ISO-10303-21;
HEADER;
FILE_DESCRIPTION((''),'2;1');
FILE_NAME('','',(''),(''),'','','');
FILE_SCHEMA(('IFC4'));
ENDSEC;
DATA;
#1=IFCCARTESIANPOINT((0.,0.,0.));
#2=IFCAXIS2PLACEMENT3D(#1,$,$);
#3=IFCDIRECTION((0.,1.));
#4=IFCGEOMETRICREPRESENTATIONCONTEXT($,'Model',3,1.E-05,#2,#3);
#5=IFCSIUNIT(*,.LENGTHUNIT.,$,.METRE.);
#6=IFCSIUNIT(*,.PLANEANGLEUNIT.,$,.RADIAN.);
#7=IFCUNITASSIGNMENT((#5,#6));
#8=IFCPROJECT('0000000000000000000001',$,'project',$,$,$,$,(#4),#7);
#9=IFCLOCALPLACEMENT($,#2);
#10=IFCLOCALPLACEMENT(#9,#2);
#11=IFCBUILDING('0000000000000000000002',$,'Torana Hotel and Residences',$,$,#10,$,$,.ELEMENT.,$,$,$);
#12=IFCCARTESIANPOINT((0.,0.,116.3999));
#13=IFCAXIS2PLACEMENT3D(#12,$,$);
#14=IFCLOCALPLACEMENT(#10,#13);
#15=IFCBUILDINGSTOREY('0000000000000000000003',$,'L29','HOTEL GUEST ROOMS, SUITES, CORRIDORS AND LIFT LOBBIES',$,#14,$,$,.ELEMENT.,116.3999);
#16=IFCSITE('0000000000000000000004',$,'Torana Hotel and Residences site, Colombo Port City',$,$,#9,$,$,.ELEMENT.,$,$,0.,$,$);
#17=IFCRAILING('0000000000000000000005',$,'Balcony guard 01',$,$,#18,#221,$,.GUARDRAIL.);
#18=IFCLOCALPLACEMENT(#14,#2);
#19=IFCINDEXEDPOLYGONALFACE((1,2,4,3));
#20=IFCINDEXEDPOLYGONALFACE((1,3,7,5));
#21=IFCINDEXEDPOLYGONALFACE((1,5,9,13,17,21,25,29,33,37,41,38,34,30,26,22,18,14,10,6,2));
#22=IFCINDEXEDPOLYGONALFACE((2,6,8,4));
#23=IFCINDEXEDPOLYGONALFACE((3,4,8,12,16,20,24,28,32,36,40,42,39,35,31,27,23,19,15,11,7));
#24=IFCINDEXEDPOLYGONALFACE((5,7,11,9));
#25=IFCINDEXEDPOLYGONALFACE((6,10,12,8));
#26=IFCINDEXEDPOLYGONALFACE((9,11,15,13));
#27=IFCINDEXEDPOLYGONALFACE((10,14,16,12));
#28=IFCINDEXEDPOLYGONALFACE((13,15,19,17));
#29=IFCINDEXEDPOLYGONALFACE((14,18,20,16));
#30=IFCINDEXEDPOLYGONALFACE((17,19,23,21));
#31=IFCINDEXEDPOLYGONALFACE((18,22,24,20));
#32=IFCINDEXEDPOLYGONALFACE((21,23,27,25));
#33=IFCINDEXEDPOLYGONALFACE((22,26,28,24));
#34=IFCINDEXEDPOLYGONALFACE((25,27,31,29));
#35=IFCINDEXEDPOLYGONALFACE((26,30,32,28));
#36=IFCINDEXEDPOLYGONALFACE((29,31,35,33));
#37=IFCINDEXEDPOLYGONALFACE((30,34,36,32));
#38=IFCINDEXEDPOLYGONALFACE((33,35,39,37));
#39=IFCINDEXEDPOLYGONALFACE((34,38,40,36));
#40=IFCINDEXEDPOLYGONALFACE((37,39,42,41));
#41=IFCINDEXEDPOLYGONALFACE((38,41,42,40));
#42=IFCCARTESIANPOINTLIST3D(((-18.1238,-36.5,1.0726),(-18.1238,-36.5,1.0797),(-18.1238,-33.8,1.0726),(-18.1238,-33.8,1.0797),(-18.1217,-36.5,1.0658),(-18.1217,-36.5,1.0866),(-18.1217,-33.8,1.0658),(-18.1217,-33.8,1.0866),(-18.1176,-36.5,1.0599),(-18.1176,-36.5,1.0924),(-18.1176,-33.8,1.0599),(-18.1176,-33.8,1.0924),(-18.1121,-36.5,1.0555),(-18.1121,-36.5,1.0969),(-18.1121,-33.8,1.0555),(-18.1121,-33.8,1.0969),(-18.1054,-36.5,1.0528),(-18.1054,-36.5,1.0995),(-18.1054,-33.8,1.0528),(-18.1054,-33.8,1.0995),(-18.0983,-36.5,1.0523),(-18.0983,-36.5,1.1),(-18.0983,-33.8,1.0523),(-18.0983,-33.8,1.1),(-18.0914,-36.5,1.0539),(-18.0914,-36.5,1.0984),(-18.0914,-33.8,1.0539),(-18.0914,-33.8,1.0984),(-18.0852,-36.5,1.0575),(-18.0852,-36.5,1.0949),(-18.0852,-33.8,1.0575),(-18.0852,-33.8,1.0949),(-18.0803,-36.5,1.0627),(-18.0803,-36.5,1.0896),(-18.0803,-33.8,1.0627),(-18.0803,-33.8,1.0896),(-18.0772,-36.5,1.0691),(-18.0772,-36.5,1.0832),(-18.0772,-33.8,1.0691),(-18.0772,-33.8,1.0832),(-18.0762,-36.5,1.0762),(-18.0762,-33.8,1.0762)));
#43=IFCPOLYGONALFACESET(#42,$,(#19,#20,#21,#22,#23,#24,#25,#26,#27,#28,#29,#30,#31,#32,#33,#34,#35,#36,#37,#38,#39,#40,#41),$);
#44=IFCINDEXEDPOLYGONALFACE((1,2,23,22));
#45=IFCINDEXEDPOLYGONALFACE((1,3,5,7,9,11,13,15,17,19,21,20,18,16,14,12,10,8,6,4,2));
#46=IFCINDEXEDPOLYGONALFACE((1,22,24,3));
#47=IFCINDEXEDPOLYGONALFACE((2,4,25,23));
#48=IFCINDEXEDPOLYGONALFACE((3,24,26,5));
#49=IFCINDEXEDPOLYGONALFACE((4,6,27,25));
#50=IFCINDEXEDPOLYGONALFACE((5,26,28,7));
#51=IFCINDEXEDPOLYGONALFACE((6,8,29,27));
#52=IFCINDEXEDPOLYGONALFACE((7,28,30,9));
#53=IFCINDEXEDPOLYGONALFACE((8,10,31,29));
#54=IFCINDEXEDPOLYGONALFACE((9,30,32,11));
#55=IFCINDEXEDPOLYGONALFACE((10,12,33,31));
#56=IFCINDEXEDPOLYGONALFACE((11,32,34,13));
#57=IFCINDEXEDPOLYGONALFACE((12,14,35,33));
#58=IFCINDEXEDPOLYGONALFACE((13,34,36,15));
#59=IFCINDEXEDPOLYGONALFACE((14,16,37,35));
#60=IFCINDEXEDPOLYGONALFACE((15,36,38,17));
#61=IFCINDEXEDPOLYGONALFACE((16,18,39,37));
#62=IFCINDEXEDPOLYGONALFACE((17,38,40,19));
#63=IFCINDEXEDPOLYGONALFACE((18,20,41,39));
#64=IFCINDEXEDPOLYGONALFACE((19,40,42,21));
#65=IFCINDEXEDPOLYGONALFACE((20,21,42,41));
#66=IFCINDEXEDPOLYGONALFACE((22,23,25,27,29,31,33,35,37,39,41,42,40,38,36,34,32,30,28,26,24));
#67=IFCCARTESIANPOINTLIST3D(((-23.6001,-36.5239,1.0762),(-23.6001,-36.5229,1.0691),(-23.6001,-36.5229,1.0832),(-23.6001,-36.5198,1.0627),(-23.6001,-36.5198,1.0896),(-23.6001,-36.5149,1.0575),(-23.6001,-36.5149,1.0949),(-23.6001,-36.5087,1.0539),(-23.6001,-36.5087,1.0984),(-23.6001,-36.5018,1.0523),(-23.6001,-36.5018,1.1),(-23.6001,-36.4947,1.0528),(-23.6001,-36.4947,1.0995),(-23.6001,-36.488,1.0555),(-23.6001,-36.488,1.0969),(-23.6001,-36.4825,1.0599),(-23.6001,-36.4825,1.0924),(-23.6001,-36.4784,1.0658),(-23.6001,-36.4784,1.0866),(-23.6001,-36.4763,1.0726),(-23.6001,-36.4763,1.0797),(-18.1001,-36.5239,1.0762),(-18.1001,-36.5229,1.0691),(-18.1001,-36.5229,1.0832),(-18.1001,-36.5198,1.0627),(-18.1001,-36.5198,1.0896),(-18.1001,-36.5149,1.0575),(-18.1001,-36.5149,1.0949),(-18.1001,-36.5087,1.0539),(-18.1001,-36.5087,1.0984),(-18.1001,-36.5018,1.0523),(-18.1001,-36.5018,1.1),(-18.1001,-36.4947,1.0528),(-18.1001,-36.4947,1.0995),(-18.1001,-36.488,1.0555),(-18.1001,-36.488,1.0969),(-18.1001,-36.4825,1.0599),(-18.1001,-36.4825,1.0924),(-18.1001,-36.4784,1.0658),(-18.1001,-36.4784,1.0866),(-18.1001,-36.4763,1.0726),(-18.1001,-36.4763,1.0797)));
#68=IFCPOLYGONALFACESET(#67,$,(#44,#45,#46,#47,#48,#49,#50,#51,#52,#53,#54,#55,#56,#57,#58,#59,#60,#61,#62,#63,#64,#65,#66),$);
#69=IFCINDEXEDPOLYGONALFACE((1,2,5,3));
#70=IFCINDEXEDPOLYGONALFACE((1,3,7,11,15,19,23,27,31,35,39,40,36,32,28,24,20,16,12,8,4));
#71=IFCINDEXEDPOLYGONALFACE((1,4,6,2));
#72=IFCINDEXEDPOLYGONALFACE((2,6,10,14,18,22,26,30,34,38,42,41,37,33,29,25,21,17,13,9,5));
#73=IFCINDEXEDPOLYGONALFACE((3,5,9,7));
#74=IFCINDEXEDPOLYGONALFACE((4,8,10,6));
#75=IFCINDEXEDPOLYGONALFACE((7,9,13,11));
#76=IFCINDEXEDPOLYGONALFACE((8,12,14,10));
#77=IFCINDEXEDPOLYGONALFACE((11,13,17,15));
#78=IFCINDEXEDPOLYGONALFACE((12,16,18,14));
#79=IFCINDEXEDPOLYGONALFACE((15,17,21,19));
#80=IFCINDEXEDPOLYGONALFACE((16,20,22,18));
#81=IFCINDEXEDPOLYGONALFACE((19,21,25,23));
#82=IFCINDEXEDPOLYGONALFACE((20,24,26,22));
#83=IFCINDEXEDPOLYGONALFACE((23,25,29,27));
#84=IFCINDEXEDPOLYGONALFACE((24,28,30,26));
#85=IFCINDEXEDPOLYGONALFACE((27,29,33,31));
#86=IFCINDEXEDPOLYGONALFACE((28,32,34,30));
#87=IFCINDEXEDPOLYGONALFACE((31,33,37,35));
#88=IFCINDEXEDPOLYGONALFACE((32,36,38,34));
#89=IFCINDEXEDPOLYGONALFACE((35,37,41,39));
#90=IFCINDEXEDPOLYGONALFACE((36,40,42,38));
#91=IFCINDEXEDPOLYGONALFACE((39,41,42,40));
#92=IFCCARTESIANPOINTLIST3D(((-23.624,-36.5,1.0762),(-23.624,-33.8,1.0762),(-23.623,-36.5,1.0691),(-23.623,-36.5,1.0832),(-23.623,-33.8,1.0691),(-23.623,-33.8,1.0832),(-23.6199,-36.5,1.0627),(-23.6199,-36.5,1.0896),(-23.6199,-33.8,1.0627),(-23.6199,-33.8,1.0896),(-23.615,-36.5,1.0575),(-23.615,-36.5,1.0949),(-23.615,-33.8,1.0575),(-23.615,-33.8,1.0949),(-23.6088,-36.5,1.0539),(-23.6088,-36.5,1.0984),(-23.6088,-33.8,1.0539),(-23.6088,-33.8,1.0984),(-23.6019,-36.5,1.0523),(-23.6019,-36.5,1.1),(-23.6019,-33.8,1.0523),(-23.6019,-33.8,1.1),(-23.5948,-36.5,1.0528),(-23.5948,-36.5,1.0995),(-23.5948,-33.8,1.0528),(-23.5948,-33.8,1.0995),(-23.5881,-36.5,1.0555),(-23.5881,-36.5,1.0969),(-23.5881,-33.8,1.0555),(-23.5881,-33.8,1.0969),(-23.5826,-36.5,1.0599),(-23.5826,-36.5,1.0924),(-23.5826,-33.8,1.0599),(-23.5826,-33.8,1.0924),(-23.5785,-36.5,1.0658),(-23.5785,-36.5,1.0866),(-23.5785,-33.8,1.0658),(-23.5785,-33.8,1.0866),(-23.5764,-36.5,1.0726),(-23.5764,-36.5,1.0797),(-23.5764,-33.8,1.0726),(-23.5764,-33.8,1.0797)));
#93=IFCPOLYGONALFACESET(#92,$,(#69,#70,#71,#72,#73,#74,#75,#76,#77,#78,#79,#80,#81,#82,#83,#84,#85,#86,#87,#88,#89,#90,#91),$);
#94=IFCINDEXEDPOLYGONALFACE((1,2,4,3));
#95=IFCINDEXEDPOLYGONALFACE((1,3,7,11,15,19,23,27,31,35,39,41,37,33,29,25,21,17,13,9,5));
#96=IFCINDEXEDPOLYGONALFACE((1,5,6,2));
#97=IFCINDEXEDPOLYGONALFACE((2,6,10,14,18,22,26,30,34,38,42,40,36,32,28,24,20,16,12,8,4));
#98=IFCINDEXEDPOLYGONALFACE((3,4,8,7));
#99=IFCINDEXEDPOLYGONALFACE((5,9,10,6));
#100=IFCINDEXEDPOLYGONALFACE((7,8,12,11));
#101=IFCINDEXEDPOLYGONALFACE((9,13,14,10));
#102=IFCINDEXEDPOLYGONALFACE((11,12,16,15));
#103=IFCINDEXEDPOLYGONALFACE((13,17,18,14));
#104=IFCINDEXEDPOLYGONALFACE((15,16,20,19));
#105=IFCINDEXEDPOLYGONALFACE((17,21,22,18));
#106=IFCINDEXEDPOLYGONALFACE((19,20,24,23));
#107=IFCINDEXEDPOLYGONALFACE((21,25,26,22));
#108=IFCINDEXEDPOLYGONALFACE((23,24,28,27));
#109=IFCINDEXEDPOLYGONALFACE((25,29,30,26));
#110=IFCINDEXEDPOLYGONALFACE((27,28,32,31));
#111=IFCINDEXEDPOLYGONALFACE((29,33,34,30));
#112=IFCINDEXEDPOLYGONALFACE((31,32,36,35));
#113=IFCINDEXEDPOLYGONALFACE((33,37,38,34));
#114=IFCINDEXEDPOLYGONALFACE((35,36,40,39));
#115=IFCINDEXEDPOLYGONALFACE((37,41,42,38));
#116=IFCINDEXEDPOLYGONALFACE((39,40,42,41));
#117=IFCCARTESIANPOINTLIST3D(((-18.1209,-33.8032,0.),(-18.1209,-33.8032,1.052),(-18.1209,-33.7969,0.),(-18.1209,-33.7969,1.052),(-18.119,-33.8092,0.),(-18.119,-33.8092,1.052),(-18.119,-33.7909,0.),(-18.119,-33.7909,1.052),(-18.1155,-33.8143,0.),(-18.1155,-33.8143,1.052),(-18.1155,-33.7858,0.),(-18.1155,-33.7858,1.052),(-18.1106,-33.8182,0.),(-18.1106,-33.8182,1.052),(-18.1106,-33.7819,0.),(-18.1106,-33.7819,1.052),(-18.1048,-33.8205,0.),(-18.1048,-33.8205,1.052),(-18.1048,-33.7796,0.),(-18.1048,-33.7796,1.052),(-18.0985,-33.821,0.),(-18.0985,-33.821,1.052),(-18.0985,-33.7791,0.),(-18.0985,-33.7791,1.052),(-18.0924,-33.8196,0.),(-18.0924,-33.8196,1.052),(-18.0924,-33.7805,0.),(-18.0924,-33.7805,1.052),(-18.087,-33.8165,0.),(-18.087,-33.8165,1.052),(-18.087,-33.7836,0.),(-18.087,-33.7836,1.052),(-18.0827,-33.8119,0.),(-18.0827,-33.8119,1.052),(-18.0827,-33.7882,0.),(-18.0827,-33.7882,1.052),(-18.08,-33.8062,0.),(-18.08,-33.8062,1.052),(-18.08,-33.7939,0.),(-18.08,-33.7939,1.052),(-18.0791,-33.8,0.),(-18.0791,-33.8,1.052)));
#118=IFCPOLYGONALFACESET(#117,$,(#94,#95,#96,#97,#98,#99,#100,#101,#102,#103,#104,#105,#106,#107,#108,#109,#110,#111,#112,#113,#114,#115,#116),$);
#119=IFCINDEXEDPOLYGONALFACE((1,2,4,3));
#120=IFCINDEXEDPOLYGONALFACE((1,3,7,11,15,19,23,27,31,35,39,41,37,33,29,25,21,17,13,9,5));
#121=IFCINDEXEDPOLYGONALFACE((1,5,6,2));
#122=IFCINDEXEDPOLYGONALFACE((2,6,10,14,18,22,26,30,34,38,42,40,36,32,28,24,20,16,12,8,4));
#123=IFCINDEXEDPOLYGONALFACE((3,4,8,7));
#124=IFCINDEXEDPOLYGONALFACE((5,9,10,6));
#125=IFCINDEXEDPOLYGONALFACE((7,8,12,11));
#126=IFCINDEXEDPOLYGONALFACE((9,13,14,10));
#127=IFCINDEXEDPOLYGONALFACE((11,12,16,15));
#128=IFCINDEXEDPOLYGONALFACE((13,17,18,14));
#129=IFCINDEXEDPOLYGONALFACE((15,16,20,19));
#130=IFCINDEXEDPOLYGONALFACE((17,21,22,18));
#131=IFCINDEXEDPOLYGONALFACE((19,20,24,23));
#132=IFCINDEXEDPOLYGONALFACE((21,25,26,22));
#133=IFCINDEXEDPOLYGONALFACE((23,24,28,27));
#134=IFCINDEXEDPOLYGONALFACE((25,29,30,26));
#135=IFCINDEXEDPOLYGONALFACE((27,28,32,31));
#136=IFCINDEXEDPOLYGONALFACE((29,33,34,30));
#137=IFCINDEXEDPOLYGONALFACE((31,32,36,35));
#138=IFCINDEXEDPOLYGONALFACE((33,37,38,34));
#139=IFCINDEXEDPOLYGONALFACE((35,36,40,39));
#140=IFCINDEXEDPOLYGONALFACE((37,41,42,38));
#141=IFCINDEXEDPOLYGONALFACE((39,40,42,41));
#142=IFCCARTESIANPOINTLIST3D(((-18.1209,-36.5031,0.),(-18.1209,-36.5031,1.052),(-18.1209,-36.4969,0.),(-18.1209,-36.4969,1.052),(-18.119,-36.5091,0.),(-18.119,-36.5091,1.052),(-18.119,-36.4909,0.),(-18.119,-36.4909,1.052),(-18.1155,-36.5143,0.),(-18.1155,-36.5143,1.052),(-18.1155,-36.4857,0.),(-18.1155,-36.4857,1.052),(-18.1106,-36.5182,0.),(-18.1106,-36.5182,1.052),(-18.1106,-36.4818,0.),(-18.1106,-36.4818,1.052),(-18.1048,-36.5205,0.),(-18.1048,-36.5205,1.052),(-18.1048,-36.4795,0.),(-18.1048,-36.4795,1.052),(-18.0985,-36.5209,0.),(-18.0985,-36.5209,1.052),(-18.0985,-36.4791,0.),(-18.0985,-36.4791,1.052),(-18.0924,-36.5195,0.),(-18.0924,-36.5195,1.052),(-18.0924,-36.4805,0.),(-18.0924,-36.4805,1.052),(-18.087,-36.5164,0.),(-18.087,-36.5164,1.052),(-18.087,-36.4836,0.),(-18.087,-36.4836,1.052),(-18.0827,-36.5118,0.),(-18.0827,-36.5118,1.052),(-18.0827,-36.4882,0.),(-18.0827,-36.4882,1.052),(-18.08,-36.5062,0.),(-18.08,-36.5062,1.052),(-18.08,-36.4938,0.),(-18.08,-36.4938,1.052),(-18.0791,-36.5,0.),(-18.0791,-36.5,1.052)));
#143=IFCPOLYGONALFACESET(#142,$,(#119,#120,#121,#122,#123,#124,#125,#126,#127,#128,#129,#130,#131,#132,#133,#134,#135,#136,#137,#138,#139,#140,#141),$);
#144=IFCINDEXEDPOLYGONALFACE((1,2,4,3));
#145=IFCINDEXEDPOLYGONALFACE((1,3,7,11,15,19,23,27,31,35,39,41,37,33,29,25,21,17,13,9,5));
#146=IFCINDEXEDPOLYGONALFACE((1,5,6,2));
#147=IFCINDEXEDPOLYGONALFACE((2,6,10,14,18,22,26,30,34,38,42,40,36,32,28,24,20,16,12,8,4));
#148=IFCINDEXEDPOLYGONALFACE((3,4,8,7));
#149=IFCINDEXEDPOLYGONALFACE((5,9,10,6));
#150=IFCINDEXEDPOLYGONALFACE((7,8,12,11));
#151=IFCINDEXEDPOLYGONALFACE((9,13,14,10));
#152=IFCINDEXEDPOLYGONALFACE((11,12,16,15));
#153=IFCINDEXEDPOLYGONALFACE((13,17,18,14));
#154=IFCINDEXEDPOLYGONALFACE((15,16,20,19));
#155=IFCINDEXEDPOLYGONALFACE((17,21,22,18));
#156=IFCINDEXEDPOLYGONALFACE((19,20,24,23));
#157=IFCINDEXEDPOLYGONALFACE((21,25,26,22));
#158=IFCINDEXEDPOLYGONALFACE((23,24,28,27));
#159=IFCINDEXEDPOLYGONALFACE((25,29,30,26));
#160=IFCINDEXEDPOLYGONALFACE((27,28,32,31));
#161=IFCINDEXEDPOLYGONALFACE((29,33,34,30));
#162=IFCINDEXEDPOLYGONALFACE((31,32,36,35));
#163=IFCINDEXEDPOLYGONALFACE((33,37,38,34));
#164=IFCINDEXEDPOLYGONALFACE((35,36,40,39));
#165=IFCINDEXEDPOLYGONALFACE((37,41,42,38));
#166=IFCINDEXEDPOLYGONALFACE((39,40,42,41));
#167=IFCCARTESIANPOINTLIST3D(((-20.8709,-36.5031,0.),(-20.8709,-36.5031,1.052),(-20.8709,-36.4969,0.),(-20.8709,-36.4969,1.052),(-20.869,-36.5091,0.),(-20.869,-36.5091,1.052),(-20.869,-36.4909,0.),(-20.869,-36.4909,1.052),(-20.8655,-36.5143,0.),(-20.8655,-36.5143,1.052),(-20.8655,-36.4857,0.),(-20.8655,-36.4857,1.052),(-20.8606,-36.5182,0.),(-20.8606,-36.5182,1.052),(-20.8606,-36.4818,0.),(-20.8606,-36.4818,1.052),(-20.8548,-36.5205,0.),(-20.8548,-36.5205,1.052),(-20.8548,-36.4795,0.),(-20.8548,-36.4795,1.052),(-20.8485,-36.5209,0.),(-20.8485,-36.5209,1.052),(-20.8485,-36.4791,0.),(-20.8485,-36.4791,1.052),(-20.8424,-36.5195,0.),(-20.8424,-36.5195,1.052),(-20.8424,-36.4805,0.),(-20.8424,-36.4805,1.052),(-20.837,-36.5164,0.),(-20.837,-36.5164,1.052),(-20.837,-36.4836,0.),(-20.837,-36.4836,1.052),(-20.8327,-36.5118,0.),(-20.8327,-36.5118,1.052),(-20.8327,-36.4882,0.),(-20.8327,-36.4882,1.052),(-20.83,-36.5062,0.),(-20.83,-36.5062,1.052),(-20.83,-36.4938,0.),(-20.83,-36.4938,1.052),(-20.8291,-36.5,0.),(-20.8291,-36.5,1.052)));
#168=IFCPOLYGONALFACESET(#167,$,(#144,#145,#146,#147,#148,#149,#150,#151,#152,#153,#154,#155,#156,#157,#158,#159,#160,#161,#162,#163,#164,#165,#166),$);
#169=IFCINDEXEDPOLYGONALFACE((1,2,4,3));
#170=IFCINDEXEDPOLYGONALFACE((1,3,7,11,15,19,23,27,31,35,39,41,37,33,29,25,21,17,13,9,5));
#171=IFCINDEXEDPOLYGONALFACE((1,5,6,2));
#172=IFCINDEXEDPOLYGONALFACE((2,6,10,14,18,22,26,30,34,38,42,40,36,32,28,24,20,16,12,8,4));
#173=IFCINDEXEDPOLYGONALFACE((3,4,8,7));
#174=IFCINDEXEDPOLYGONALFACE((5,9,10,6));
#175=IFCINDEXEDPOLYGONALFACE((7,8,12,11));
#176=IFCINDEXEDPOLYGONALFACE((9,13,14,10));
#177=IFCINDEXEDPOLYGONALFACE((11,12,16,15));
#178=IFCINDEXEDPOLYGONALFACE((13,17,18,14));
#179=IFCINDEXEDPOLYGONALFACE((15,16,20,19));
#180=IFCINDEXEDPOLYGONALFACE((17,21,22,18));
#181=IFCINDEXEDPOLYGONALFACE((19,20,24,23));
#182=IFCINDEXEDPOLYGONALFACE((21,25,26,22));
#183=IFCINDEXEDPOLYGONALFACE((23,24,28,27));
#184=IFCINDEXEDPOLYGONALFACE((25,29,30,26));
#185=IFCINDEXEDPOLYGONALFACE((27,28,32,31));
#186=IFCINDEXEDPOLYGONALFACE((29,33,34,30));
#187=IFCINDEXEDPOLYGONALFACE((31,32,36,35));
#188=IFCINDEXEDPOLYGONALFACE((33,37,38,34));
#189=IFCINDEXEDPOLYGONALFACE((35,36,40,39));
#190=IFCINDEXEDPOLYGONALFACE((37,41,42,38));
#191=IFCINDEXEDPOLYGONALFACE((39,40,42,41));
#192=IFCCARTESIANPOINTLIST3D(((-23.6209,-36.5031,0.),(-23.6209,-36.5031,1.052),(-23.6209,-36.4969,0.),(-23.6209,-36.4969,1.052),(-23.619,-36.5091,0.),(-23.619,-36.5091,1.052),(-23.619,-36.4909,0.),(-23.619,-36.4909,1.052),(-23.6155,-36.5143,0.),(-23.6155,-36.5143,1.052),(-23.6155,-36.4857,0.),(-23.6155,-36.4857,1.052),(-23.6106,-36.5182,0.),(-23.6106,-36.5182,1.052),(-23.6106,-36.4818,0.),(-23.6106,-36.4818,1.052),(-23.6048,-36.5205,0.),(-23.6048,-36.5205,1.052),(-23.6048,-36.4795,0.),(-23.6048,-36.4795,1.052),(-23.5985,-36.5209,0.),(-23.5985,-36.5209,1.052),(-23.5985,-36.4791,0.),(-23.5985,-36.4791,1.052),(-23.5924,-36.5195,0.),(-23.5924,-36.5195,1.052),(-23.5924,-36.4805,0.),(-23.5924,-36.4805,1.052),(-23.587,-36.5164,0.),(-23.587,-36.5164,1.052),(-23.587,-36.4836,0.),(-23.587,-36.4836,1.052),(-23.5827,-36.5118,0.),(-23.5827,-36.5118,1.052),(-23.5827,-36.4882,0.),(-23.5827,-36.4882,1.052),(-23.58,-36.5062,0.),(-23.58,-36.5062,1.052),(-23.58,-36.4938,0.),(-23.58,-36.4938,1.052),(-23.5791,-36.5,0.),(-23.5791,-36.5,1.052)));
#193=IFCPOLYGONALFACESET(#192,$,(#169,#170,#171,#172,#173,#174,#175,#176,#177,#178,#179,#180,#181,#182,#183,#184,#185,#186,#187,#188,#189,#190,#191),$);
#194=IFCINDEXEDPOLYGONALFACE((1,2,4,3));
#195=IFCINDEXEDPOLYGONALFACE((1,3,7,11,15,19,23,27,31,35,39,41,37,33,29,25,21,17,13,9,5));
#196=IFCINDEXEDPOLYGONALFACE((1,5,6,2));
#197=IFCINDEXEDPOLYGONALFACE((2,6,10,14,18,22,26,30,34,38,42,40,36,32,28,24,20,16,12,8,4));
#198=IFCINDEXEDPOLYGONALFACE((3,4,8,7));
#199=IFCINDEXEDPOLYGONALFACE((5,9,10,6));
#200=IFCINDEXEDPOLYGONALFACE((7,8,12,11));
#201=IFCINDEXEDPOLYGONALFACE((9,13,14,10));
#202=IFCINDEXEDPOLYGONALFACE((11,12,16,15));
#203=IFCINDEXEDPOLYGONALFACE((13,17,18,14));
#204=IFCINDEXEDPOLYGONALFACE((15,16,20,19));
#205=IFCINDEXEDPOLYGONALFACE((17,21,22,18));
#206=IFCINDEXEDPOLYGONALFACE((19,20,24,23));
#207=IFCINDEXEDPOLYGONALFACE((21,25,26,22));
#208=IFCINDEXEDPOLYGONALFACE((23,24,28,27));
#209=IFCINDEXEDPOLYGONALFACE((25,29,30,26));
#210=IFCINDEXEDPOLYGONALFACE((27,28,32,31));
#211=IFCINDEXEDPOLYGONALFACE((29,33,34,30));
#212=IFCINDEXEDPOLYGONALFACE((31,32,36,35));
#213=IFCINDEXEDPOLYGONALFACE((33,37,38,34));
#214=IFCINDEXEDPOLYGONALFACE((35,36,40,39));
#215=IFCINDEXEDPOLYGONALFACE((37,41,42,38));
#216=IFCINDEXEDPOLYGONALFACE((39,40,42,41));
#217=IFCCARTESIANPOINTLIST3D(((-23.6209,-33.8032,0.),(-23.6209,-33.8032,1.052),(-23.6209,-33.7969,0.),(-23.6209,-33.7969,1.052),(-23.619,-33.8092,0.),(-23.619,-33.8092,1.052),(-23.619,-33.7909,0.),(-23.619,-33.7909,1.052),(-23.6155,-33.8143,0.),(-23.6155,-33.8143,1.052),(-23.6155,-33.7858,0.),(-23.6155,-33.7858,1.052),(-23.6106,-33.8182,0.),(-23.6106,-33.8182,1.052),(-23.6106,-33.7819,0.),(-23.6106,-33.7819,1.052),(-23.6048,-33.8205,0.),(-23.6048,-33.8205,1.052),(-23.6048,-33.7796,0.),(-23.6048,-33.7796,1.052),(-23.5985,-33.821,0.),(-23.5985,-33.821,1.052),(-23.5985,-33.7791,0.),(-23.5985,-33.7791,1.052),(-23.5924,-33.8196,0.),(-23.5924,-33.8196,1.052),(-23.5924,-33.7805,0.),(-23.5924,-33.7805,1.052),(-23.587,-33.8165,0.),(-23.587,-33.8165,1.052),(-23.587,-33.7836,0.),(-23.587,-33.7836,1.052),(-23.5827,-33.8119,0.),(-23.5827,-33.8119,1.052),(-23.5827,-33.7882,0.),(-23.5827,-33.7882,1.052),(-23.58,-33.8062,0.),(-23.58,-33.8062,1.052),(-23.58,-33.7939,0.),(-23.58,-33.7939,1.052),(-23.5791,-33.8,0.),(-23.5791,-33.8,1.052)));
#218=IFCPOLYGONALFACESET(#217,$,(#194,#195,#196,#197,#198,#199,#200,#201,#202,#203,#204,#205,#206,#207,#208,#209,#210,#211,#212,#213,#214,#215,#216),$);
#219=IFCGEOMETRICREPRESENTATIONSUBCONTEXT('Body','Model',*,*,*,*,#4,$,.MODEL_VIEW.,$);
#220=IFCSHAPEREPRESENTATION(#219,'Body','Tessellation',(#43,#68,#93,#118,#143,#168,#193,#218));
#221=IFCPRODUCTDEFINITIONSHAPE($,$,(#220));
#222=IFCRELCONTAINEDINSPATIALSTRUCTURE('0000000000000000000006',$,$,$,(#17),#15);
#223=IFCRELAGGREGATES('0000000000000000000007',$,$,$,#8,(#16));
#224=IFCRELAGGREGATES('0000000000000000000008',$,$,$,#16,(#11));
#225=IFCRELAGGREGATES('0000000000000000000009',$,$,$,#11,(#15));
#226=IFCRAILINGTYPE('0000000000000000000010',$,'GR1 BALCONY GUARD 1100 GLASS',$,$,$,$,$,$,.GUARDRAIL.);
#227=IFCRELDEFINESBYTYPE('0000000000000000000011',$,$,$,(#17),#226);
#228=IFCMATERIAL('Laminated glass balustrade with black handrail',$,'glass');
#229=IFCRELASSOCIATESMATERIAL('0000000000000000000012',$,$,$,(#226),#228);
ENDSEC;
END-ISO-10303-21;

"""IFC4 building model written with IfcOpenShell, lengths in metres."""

from ifc_helpers import new_model, si_unit, direction, frame, origin, origin_2d, place, context, subcontext, project, spatial, circle, extrude, material, type_object, element, save


model = new_model("IFC4")

# Units and contexts
model_context = context("Model", 3, precision=1e-05, world=origin(), true_north=direction((0.0, 1.0)))
body_context = subcontext(model_context, "Body", "Model", "MODEL_VIEW")
ifc_project = project(units=[si_unit("LENGTHUNIT", "METRE"), si_unit("PLANEANGLEUNIT", "RADIAN")], contexts=[model_context])

# Site, building, storey
site_placement = place(None, origin())
site = spatial("IfcSite", under=ifc_project, at=site_placement, Name="Torana Hotel and Residences site, Colombo Port City", CompositionType="ELEMENT", RefElevation=0.0)
building_placement = place(site_placement, origin())
building = spatial("IfcBuilding", under=site, at=building_placement, Name="Torana Hotel and Residences", CompositionType="ELEMENT")
storey_placement = place(building_placement, frame((0.0, 0.0, 116.3999)))
storey = spatial("IfcBuildingStorey", under=building, at=storey_placement, Name="L29", Description="HOTEL GUEST ROOMS, SUITES, CORRIDORS AND LIFT LOBBIES", CompositionType="ELEMENT", Elevation=116.3999)

# Railing
ifc_material_1 = material(Name="Laminated glass balustrade with black handrail", Category="glass")
railing_type = type_object("IfcRailingType", Name="GR1 BALCONY GUARD 1100 GLASS", PredefinedType="GUARDRAIL", material=ifc_material_1)
railing_placement = place(storey_placement, frame((-18.1001, -33.8, 0.0)))
element("IfcRailing", 1, at=railing_placement, inside=storey, type_object=railing_type, Name="Balcony guard 01", PredefinedType="GUARDRAIL", context=body_context, shape_type="SweptSolid", body=[
    extrude(circle(Radius=0.0239, at=origin_2d()), frame((0.0, 0.0, 1.0762), z_axis=(0.0, -1.0, 0.0), x_axis=(1.0, 0.0, 0.0)), (0.0, 0.0, 1.0), 2.7),
    extrude(circle(Radius=0.0239, at=origin_2d()), frame((0.0, -2.7, 1.0762), z_axis=(-1.0, 0.0, 0.0), x_axis=(0.0, -1.0, 0.0)), (0.0, 0.0, 1.0), 5.5),
    extrude(circle(Radius=0.0239, at=origin_2d()), frame((-5.5, -2.7, 1.0762), z_axis=(0.0, 1.0, 0.0), x_axis=(-1.0, 0.0, 0.0)), (0.0, 0.0, 1.0), 2.7),
    extrude(circle(Radius=0.021, at=origin_2d()), origin(), (0.0, 0.0, 1.0), 1.052),
    extrude(circle(Radius=0.021, at=origin_2d()), frame((0.0, -2.7, 0.0)), (0.0, 0.0, 1.0), 1.052),
    extrude(circle(Radius=0.021, at=origin_2d()), frame((-2.75, -2.7, 0.0)), (0.0, 0.0, 1.0), 1.052),
    extrude(circle(Radius=0.021, at=origin_2d()), frame((-5.5, -2.7, 0.0)), (0.0, 0.0, 1.0), 1.052),
    extrude(circle(Radius=0.021, at=origin_2d()), frame((-5.5, 0.0, 0.0)), (0.0, 0.0, 1.0), 1.052),
])

save(model, "model.ifc")
